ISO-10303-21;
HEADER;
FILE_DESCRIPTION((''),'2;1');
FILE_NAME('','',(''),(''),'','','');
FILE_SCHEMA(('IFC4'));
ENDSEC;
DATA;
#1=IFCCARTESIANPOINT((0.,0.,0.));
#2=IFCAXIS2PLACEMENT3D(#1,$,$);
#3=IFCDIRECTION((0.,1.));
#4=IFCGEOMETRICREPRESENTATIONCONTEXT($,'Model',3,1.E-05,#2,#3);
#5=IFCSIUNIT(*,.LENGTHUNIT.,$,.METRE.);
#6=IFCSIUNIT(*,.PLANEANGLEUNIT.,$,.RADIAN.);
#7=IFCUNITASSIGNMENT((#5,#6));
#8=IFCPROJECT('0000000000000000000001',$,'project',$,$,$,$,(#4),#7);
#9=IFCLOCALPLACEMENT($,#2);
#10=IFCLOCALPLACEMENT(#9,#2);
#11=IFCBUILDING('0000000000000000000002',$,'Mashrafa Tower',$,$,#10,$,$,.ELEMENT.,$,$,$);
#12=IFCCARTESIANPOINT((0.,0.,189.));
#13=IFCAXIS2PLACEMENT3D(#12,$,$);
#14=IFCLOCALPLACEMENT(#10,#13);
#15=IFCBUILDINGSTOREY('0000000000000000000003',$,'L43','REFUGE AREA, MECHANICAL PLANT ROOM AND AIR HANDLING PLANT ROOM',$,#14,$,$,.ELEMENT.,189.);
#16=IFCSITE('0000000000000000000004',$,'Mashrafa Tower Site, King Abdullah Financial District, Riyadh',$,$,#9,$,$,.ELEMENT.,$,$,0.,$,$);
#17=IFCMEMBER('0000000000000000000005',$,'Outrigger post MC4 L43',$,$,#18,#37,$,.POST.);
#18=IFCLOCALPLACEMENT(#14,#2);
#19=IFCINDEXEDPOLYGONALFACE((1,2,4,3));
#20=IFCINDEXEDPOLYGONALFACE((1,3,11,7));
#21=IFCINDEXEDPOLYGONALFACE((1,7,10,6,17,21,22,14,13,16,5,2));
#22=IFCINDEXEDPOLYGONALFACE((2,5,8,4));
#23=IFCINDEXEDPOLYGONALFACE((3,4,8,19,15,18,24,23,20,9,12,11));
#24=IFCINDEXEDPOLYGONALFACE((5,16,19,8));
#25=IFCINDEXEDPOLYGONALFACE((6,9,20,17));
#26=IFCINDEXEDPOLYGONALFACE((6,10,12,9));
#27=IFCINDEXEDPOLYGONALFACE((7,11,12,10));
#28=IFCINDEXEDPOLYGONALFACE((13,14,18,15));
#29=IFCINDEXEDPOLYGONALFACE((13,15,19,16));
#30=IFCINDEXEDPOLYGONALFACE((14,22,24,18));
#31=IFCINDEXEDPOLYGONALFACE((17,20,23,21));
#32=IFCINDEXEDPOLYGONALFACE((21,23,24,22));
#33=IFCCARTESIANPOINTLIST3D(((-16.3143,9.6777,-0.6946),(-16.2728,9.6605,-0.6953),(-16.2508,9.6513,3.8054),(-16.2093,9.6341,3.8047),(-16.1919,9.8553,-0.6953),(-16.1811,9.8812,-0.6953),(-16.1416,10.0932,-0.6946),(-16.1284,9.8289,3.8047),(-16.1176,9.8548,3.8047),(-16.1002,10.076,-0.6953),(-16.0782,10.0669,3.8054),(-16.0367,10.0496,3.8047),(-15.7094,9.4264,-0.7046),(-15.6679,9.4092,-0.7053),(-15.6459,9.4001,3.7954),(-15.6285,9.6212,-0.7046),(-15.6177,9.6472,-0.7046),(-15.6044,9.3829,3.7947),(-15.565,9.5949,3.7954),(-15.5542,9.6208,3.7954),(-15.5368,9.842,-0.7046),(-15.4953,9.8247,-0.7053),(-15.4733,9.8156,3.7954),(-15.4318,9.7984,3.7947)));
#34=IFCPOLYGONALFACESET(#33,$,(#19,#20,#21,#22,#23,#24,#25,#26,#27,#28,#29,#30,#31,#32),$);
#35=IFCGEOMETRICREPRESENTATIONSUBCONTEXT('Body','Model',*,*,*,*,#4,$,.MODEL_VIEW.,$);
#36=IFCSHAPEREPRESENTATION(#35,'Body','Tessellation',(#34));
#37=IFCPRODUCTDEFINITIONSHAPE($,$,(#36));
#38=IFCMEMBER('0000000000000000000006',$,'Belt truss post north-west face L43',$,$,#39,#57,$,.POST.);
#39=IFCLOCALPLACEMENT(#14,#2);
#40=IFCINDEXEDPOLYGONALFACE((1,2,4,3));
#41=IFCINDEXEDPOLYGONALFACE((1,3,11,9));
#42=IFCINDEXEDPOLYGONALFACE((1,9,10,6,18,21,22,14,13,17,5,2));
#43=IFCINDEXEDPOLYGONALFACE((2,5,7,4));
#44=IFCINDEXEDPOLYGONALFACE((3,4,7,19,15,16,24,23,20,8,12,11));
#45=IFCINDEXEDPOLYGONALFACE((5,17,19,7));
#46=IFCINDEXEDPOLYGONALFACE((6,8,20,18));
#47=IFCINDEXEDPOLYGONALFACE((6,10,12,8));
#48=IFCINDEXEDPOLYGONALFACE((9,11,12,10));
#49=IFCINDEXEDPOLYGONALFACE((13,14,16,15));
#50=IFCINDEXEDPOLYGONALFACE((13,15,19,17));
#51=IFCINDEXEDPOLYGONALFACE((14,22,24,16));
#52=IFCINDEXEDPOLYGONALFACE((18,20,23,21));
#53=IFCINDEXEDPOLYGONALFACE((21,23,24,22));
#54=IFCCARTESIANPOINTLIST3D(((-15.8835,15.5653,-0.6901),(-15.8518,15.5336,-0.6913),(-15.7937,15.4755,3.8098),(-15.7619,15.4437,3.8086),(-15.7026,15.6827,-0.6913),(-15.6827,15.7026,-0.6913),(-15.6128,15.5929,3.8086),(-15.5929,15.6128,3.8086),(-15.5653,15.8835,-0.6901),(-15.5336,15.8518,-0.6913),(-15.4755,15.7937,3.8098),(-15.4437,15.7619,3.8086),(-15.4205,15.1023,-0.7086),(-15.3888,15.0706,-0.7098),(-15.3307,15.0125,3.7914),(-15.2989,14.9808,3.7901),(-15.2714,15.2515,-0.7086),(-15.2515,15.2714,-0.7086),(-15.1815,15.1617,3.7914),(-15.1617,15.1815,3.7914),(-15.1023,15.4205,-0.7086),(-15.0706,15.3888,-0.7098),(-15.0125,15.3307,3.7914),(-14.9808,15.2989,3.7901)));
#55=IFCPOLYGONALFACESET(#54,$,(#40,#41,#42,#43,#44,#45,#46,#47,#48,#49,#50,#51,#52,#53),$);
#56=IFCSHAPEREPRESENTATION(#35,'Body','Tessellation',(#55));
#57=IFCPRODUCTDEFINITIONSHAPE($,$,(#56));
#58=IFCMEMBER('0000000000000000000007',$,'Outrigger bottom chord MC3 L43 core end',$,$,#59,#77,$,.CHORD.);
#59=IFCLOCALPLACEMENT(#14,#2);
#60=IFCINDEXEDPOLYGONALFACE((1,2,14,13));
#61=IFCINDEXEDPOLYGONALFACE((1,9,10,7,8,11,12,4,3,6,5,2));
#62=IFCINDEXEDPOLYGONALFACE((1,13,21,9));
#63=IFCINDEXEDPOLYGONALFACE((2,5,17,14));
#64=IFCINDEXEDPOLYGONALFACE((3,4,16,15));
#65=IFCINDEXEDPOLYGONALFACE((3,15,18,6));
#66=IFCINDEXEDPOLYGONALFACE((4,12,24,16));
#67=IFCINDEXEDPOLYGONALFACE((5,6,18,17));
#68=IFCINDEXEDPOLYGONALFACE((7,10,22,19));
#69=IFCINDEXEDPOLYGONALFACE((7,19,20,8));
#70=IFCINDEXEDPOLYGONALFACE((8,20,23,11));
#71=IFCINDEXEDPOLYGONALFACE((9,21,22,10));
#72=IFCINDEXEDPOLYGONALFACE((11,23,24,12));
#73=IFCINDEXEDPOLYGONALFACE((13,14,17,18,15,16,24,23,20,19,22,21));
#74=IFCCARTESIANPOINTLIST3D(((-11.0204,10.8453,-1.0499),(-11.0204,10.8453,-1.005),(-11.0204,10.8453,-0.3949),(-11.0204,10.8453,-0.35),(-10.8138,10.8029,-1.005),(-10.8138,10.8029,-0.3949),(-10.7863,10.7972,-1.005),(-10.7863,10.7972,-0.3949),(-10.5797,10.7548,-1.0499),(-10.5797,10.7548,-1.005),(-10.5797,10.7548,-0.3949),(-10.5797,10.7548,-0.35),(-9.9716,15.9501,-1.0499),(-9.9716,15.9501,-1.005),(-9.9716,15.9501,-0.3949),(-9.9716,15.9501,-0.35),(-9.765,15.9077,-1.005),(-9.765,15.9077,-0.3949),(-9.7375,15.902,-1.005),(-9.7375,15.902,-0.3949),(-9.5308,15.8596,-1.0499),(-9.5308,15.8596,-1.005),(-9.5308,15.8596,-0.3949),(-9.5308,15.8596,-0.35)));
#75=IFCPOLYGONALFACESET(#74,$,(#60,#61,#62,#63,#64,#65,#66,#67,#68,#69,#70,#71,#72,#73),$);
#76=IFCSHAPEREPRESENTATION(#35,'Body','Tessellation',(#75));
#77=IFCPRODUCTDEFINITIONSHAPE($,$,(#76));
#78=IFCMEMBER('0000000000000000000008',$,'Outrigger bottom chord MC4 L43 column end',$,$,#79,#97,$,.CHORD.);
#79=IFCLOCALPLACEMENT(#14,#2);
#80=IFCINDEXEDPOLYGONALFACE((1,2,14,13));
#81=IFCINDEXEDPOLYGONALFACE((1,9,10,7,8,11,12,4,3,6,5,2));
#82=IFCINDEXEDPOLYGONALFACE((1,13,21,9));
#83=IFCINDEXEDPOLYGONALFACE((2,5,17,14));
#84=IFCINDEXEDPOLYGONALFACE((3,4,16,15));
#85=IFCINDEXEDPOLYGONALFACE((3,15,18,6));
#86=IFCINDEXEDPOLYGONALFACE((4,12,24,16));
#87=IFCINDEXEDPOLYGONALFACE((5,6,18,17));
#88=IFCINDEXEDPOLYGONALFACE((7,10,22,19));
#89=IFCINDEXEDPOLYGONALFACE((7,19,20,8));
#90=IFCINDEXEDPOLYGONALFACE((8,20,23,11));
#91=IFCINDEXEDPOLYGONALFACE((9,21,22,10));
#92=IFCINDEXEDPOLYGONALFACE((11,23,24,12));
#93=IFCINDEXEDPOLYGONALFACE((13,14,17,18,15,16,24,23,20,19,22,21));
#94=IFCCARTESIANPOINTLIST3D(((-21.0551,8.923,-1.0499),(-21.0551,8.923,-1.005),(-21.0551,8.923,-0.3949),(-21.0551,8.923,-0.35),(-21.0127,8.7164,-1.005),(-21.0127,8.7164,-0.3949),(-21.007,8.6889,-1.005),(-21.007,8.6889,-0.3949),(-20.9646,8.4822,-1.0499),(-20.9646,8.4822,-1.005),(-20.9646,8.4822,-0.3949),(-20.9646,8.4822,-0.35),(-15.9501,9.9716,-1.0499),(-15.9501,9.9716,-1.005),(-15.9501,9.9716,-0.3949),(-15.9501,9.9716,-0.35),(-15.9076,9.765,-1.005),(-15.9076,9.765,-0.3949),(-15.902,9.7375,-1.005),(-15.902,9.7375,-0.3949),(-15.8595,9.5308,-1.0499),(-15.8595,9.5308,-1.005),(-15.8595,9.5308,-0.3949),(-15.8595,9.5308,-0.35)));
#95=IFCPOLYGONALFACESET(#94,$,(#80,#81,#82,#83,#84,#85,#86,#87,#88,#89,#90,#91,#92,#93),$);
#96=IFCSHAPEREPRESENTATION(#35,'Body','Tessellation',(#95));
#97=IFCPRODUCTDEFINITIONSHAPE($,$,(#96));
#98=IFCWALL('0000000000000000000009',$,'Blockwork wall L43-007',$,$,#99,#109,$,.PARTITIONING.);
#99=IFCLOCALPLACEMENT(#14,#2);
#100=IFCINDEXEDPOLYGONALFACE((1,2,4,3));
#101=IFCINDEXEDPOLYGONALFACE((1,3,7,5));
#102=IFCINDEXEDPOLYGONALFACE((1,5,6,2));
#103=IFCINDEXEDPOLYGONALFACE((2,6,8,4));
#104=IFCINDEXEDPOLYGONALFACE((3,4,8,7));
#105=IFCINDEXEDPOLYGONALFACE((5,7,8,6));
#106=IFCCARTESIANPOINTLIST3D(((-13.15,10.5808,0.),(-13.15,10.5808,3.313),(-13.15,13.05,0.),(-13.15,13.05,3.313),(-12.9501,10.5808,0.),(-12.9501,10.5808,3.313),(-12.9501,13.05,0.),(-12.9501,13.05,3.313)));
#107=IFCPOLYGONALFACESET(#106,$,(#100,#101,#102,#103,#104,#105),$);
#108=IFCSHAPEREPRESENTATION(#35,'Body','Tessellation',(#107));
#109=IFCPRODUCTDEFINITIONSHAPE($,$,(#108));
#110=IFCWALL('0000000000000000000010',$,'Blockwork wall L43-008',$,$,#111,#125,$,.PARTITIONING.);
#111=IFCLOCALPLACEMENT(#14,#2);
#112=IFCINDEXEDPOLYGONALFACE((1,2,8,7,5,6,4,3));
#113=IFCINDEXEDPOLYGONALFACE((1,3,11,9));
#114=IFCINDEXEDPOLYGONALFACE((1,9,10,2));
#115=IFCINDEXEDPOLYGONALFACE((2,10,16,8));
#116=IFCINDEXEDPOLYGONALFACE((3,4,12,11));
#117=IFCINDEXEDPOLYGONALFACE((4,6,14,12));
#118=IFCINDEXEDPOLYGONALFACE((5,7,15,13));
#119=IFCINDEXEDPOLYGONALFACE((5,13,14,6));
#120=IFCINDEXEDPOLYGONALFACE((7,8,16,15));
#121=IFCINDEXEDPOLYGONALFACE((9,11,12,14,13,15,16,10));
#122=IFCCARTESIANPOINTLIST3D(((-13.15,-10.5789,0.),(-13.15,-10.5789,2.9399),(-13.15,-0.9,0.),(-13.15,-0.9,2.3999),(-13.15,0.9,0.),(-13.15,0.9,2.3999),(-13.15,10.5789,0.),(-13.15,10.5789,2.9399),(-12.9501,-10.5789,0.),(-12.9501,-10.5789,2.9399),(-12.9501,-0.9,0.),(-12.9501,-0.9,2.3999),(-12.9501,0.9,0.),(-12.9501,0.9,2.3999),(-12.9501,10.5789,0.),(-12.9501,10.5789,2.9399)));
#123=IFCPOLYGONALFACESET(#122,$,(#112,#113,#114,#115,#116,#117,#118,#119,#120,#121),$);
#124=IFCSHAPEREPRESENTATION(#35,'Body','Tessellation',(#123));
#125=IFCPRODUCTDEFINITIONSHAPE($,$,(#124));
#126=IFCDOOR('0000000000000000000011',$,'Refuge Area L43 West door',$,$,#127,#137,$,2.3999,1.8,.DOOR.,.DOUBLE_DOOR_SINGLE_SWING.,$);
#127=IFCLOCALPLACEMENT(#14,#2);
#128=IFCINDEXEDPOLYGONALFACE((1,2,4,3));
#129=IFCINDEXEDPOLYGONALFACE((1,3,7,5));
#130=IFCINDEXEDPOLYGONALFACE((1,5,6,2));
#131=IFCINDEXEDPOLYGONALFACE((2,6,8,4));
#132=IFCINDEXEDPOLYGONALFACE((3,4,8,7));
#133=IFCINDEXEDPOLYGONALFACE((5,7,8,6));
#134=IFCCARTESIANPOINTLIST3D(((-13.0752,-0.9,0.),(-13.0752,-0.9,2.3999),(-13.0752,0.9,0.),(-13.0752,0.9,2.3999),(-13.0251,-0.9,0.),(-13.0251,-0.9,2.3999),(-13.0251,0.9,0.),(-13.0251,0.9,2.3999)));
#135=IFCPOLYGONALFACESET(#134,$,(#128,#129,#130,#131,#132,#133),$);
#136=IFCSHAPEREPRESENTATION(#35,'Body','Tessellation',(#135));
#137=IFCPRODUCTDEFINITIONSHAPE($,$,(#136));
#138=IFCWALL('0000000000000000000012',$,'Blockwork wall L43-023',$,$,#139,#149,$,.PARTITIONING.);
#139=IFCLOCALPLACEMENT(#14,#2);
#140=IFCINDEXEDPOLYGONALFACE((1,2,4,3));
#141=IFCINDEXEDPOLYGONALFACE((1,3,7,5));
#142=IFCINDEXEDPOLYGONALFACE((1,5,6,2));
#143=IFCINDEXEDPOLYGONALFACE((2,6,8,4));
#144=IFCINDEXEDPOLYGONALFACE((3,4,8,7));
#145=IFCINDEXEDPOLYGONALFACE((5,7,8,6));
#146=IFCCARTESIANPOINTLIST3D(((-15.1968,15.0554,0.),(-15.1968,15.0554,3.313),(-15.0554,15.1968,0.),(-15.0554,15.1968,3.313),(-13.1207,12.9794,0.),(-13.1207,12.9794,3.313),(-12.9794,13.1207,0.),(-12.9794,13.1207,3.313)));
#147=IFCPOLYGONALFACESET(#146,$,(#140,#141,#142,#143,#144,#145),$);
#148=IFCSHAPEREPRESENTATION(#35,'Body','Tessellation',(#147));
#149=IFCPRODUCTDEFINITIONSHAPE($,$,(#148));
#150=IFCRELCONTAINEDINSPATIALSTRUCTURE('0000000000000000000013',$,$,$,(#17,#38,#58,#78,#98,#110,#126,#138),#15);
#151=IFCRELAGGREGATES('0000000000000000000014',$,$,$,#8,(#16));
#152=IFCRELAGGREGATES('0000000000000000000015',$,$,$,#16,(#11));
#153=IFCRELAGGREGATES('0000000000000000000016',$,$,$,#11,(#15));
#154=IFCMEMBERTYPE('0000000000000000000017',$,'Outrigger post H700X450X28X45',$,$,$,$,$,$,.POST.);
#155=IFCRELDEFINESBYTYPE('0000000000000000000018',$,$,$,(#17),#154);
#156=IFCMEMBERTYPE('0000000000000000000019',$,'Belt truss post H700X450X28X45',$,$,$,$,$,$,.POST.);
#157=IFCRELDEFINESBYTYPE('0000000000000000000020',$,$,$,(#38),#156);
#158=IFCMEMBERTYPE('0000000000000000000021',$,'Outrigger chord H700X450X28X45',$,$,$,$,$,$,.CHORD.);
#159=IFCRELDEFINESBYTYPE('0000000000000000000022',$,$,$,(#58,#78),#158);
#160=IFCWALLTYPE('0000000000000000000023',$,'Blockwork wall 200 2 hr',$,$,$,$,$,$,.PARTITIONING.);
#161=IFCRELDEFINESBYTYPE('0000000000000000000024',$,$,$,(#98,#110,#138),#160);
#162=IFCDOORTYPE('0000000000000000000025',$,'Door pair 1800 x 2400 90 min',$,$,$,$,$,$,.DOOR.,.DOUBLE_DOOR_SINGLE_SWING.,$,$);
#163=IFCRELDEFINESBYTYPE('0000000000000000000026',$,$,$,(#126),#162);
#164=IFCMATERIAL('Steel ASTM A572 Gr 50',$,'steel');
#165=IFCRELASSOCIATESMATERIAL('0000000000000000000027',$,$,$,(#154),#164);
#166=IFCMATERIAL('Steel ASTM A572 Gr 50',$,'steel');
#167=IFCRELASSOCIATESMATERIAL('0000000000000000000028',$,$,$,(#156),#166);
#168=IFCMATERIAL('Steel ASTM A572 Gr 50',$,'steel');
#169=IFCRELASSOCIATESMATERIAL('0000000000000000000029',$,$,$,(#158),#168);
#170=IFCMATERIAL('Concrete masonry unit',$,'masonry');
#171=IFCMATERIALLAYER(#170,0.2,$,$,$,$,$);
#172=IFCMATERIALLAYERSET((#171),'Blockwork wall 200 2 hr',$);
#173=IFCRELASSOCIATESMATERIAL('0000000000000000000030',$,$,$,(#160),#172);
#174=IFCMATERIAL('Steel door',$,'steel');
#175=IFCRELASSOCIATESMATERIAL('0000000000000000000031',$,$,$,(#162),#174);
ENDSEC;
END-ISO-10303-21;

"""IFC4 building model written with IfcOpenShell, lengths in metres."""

from ifc_helpers import new_model, si_unit, direction, frame, frame_2d, origin, origin_2d, place, context, subcontext, project, spatial, rectangle, i_section, extrude, source, transform, mapped, material, layer, layer_set, material_profile, profile_set, type_object, type_shapes, element, fill, save


model = new_model("IFC4")

# Units and contexts
model_context = context("Model", 3, precision=1e-05, world=origin(), true_north=direction((0.0, 1.0)))
body_context = subcontext(model_context, "Body", "Model", "MODEL_VIEW")
ifc_project = project(units=[si_unit("LENGTHUNIT", "METRE"), si_unit("PLANEANGLEUNIT", "RADIAN")], contexts=[model_context])

# Site, building, storey
site_placement = place(None, origin())
site = spatial("IfcSite", under=ifc_project, at=site_placement, Name="Mashrafa Tower Site, King Abdullah Financial District, Riyadh", CompositionType="ELEMENT", RefElevation=0.0)
building_placement = place(site_placement, origin())
building = spatial("IfcBuilding", under=site, at=building_placement, Name="Mashrafa Tower", CompositionType="ELEMENT")
storey_placement = place(building_placement, frame((0.0, 0.0, 189.0)))
storey = spatial("IfcBuildingStorey", under=building, at=storey_placement, Name="L43", Description="REFUGE AREA, MECHANICAL PLANT ROOM AND AIR HANDLING PLANT ROOM", CompositionType="ELEMENT", Elevation=189.0)

# Members
ifc_material_1 = material(Name="Steel ASTM A572 Gr 50", Category="steel")
ifc_material_profile_1 = material_profile(ifc_material_1, i_section(OverallWidth=0.45, OverallDepth=0.7, WebThickness=0.0281, FlangeThickness=0.0449, at=origin_2d()), Name="H700X450X28X45")
ifc_profile_set_1 = profile_set([ifc_material_profile_1], Name="Steel ASTM A572 Gr 50")
member_type_1 = type_object("IfcMemberType", Name="Outrigger post H700X450X28X45", PredefinedType="POST", material=ifc_profile_set_1)
shared_shape_1 = source(origin(), body_context, "Body", "SweptSolid", [
    extrude(i_section(OverallWidth=0.45, OverallDepth=0.7, WebThickness=0.0281, FlangeThickness=0.0449, at=origin_2d()), origin(), (0.0, 0.0, 1.0), 4.5005),
])
type_shapes(member_type_1, [shared_shape_1])
member_1_placement = place(storey_placement, frame((-15.9048, 9.7512, -0.7), z_axis=(0.014104, -0.005859, 0.999883), x_axis=(0.383606, 0.923497, 0.0)))
element("IfcMember", 1, at=member_1_placement, inside=storey, type_object=member_type_1, Name="Outrigger post MC4 L43", PredefinedType="POST", context=body_context, shape_type="MappedRepresentation", body=[
    mapped(shared_shape_1, transform((0.0, 0.0, 0.0))),
])
ifc_material_2 = material(Name="Steel ASTM A572 Gr 50", Category="steel")
ifc_material_profile_2 = material_profile(ifc_material_2, i_section(OverallWidth=0.45, OverallDepth=0.7, WebThickness=0.0281, FlangeThickness=0.0449, at=origin_2d()), Name="H700X450X28X45")
ifc_profile_set_2 = profile_set([ifc_material_profile_2], Name="Steel ASTM A572 Gr 50")
member_type_2 = type_object("IfcMemberType", Name="Belt truss post H700X450X28X45", PredefinedType="POST", material=ifc_profile_set_2)
shared_shape_2 = source(origin(), body_context, "Body", "SweptSolid", [
    extrude(i_section(OverallWidth=0.45, OverallDepth=0.7, WebThickness=0.0281, FlangeThickness=0.0449, at=origin_2d()), origin(), (0.0, 0.0, 1.0), 4.5017),
])
type_shapes(member_type_2, [shared_shape_2])
member_2_placement = place(storey_placement, frame((-15.4771, 15.4771, -0.7), z_axis=(0.019957, -0.019957, 0.999602), x_axis=(0.707107, 0.707107, 0.0)))
element("IfcMember", 2, at=member_2_placement, inside=storey, type_object=member_type_2, Name="Belt truss post north-west face L43", PredefinedType="POST", context=body_context, shape_type="MappedRepresentation", body=[
    mapped(shared_shape_2, transform((0.0, 0.0, 0.0))),
])
ifc_material_3 = material(Name="Steel ASTM A572 Gr 50", Category="steel")
ifc_material_profile_3 = material_profile(ifc_material_3, i_section(OverallWidth=0.45, OverallDepth=0.7, WebThickness=0.0281, FlangeThickness=0.0449, at=origin_2d()), Name="H700X450X28X45")
ifc_profile_set_3 = profile_set([ifc_material_profile_3], Name="Steel ASTM A572 Gr 50")
member_type_3 = type_object("IfcMemberType", Name="Outrigger chord H700X450X28X45", PredefinedType="CHORD", material=ifc_profile_set_3)
shared_shape_3 = source(origin(), body_context, "Body", "SweptSolid", [
    extrude(i_section(OverallWidth=0.45, OverallDepth=0.7, WebThickness=0.0281, FlangeThickness=0.0449, at=origin_2d()), origin(), (0.0, 0.0, 1.0), 5.2114),
])
member_3_placement = place(storey_placement, frame((-10.8, 10.8, -0.7), z_axis=(0.201258, 0.979538, 0.0), x_axis=(-0.979538, 0.201258, 0.0)))
element("IfcMember", 3, at=member_3_placement, inside=storey, type_object=member_type_3, Name="Outrigger bottom chord MC3 L43 core end", PredefinedType="CHORD", context=body_context, shape_type="MappedRepresentation", body=[
    mapped(shared_shape_3, transform((0.0, 0.0, 0.0))),
])
shared_shape_4 = source(origin(), body_context, "Body", "SweptSolid", [
    extrude(i_section(OverallWidth=0.45, OverallDepth=0.7, WebThickness=0.0281, FlangeThickness=0.0449, at=origin_2d()), origin(), (0.0, 0.0, 1.0), 5.2117),
])
type_shapes(member_type_3, [shared_shape_3, shared_shape_4])
member_4_placement = place(storey_placement, frame((-15.9048, 9.7512, -0.7), z_axis=(-0.979549, -0.201203, 0.0), x_axis=(0.201203, -0.979549, 0.0)))
element("IfcMember", 4, at=member_4_placement, inside=storey, type_object=member_type_3, Name="Outrigger bottom chord MC4 L43 column end", PredefinedType="CHORD", context=body_context, shape_type="MappedRepresentation", body=[
    mapped(shared_shape_4, transform((0.0, 0.0, 0.0))),
])

# Wall
ifc_material_4 = material(Name="Concrete masonry unit", Category="masonry")
ifc_layer_1 = layer(ifc_material_4, 0.2)
ifc_layer_set_1 = layer_set([ifc_layer_1], Name="Blockwork wall 200 2 hr")
wall_type_1 = type_object("IfcWallType", Name="Blockwork wall 200 2 hr", PredefinedType="PARTITIONING", material=ifc_layer_set_1)
wall_1_placement = place(storey_placement, frame((-13.05, 13.05, 0.0), z_axis=(0.0, 0.0, 1.0), x_axis=(0.0, -1.0, 0.0)))
element("IfcWall", 5, at=wall_1_placement, inside=storey, type_object=wall_type_1, Name="Blockwork wall L43-007", PredefinedType="PARTITIONING", context=body_context, shape_type="SweptSolid", body=[
    extrude(rectangle(XDim=2.4692, YDim=0.2, at=frame_2d((1.2346, 0.0))), origin(), (0.0, 0.0, 1.0), 3.313),
])

# Wall, opening, door
wall_2_placement = place(storey_placement, frame((-13.05, 10.5789, 0.0), z_axis=(0.0, 0.0, 1.0), x_axis=(0.0, -1.0, 0.0)))
wall_2 = element("IfcWall", 6, at=wall_2_placement, inside=storey, type_object=wall_type_1, Name="Blockwork wall L43-008", PredefinedType="PARTITIONING", context=body_context, shape_type="SweptSolid", body=[
    extrude(rectangle(XDim=21.1577, YDim=0.2, at=frame_2d((10.5789, 0.0))), origin(), (0.0, 0.0, 1.0), 2.9399),
])
opening_1_placement = place(wall_2_placement, frame((9.679, 0.0, 0.0)))
opening_1 = element("IfcOpeningElement", 7, at=opening_1_placement, cuts=wall_2, PredefinedType="OPENING", context=body_context, shape_type="SweptSolid", body=[
    extrude(rectangle(XDim=1.8, YDim=2.3999, at=frame_2d((0.8999, 1.2))), frame((0.0, 0.1099, 0.0), z_axis=(0.0, -1.0, 0.0), x_axis=(1.0, 0.0, 0.0)), (0.0, 0.0, 1.0), 0.22),
])
ifc_material_5 = material(Name="Steel door", Category="steel")
door_type_1 = type_object("IfcDoorType", Name="Door pair 1800 x 2400 90 min", OperationType="DOUBLE_DOOR_SINGLE_SWING", PredefinedType="DOOR", material=ifc_material_5)
door_1_placement = place(opening_1_placement, origin())
door_1 = element("IfcDoor", 8, at=door_1_placement, inside=storey, type_object=door_type_1, Name="Refuge Area L43 West door", OperationType="DOUBLE_DOOR_SINGLE_SWING", OverallHeight=2.3999, OverallWidth=1.8, PredefinedType="DOOR", context=body_context, shape_type="SweptSolid", body=[
    extrude(rectangle(XDim=1.8, YDim=2.3999, at=frame_2d((0.8999, 1.2))), frame((0.0, 0.0249, 0.0), z_axis=(0.0, -1.0, 0.0), x_axis=(1.0, 0.0, 0.0)), (0.0, 0.0, 1.0), 0.05),
])
fill(opening_1, door_1)

# Wall
wall_3_placement = place(storey_placement, frame((-13.05, 13.05, 0.0), z_axis=(0.0, 0.0, 1.0), x_axis=(-0.707107, 0.707107, 0.0)))
element("IfcWall", 9, at=wall_3_placement, inside=storey, type_object=wall_type_1, Name="Blockwork wall L43-023", PredefinedType="PARTITIONING", context=body_context, shape_type="SweptSolid", body=[
    extrude(rectangle(XDim=2.936, YDim=0.2, at=frame_2d((1.468, 0.0))), origin(), (0.0, 0.0, 1.0), 3.313),
])

save(model, "model.ifc")
